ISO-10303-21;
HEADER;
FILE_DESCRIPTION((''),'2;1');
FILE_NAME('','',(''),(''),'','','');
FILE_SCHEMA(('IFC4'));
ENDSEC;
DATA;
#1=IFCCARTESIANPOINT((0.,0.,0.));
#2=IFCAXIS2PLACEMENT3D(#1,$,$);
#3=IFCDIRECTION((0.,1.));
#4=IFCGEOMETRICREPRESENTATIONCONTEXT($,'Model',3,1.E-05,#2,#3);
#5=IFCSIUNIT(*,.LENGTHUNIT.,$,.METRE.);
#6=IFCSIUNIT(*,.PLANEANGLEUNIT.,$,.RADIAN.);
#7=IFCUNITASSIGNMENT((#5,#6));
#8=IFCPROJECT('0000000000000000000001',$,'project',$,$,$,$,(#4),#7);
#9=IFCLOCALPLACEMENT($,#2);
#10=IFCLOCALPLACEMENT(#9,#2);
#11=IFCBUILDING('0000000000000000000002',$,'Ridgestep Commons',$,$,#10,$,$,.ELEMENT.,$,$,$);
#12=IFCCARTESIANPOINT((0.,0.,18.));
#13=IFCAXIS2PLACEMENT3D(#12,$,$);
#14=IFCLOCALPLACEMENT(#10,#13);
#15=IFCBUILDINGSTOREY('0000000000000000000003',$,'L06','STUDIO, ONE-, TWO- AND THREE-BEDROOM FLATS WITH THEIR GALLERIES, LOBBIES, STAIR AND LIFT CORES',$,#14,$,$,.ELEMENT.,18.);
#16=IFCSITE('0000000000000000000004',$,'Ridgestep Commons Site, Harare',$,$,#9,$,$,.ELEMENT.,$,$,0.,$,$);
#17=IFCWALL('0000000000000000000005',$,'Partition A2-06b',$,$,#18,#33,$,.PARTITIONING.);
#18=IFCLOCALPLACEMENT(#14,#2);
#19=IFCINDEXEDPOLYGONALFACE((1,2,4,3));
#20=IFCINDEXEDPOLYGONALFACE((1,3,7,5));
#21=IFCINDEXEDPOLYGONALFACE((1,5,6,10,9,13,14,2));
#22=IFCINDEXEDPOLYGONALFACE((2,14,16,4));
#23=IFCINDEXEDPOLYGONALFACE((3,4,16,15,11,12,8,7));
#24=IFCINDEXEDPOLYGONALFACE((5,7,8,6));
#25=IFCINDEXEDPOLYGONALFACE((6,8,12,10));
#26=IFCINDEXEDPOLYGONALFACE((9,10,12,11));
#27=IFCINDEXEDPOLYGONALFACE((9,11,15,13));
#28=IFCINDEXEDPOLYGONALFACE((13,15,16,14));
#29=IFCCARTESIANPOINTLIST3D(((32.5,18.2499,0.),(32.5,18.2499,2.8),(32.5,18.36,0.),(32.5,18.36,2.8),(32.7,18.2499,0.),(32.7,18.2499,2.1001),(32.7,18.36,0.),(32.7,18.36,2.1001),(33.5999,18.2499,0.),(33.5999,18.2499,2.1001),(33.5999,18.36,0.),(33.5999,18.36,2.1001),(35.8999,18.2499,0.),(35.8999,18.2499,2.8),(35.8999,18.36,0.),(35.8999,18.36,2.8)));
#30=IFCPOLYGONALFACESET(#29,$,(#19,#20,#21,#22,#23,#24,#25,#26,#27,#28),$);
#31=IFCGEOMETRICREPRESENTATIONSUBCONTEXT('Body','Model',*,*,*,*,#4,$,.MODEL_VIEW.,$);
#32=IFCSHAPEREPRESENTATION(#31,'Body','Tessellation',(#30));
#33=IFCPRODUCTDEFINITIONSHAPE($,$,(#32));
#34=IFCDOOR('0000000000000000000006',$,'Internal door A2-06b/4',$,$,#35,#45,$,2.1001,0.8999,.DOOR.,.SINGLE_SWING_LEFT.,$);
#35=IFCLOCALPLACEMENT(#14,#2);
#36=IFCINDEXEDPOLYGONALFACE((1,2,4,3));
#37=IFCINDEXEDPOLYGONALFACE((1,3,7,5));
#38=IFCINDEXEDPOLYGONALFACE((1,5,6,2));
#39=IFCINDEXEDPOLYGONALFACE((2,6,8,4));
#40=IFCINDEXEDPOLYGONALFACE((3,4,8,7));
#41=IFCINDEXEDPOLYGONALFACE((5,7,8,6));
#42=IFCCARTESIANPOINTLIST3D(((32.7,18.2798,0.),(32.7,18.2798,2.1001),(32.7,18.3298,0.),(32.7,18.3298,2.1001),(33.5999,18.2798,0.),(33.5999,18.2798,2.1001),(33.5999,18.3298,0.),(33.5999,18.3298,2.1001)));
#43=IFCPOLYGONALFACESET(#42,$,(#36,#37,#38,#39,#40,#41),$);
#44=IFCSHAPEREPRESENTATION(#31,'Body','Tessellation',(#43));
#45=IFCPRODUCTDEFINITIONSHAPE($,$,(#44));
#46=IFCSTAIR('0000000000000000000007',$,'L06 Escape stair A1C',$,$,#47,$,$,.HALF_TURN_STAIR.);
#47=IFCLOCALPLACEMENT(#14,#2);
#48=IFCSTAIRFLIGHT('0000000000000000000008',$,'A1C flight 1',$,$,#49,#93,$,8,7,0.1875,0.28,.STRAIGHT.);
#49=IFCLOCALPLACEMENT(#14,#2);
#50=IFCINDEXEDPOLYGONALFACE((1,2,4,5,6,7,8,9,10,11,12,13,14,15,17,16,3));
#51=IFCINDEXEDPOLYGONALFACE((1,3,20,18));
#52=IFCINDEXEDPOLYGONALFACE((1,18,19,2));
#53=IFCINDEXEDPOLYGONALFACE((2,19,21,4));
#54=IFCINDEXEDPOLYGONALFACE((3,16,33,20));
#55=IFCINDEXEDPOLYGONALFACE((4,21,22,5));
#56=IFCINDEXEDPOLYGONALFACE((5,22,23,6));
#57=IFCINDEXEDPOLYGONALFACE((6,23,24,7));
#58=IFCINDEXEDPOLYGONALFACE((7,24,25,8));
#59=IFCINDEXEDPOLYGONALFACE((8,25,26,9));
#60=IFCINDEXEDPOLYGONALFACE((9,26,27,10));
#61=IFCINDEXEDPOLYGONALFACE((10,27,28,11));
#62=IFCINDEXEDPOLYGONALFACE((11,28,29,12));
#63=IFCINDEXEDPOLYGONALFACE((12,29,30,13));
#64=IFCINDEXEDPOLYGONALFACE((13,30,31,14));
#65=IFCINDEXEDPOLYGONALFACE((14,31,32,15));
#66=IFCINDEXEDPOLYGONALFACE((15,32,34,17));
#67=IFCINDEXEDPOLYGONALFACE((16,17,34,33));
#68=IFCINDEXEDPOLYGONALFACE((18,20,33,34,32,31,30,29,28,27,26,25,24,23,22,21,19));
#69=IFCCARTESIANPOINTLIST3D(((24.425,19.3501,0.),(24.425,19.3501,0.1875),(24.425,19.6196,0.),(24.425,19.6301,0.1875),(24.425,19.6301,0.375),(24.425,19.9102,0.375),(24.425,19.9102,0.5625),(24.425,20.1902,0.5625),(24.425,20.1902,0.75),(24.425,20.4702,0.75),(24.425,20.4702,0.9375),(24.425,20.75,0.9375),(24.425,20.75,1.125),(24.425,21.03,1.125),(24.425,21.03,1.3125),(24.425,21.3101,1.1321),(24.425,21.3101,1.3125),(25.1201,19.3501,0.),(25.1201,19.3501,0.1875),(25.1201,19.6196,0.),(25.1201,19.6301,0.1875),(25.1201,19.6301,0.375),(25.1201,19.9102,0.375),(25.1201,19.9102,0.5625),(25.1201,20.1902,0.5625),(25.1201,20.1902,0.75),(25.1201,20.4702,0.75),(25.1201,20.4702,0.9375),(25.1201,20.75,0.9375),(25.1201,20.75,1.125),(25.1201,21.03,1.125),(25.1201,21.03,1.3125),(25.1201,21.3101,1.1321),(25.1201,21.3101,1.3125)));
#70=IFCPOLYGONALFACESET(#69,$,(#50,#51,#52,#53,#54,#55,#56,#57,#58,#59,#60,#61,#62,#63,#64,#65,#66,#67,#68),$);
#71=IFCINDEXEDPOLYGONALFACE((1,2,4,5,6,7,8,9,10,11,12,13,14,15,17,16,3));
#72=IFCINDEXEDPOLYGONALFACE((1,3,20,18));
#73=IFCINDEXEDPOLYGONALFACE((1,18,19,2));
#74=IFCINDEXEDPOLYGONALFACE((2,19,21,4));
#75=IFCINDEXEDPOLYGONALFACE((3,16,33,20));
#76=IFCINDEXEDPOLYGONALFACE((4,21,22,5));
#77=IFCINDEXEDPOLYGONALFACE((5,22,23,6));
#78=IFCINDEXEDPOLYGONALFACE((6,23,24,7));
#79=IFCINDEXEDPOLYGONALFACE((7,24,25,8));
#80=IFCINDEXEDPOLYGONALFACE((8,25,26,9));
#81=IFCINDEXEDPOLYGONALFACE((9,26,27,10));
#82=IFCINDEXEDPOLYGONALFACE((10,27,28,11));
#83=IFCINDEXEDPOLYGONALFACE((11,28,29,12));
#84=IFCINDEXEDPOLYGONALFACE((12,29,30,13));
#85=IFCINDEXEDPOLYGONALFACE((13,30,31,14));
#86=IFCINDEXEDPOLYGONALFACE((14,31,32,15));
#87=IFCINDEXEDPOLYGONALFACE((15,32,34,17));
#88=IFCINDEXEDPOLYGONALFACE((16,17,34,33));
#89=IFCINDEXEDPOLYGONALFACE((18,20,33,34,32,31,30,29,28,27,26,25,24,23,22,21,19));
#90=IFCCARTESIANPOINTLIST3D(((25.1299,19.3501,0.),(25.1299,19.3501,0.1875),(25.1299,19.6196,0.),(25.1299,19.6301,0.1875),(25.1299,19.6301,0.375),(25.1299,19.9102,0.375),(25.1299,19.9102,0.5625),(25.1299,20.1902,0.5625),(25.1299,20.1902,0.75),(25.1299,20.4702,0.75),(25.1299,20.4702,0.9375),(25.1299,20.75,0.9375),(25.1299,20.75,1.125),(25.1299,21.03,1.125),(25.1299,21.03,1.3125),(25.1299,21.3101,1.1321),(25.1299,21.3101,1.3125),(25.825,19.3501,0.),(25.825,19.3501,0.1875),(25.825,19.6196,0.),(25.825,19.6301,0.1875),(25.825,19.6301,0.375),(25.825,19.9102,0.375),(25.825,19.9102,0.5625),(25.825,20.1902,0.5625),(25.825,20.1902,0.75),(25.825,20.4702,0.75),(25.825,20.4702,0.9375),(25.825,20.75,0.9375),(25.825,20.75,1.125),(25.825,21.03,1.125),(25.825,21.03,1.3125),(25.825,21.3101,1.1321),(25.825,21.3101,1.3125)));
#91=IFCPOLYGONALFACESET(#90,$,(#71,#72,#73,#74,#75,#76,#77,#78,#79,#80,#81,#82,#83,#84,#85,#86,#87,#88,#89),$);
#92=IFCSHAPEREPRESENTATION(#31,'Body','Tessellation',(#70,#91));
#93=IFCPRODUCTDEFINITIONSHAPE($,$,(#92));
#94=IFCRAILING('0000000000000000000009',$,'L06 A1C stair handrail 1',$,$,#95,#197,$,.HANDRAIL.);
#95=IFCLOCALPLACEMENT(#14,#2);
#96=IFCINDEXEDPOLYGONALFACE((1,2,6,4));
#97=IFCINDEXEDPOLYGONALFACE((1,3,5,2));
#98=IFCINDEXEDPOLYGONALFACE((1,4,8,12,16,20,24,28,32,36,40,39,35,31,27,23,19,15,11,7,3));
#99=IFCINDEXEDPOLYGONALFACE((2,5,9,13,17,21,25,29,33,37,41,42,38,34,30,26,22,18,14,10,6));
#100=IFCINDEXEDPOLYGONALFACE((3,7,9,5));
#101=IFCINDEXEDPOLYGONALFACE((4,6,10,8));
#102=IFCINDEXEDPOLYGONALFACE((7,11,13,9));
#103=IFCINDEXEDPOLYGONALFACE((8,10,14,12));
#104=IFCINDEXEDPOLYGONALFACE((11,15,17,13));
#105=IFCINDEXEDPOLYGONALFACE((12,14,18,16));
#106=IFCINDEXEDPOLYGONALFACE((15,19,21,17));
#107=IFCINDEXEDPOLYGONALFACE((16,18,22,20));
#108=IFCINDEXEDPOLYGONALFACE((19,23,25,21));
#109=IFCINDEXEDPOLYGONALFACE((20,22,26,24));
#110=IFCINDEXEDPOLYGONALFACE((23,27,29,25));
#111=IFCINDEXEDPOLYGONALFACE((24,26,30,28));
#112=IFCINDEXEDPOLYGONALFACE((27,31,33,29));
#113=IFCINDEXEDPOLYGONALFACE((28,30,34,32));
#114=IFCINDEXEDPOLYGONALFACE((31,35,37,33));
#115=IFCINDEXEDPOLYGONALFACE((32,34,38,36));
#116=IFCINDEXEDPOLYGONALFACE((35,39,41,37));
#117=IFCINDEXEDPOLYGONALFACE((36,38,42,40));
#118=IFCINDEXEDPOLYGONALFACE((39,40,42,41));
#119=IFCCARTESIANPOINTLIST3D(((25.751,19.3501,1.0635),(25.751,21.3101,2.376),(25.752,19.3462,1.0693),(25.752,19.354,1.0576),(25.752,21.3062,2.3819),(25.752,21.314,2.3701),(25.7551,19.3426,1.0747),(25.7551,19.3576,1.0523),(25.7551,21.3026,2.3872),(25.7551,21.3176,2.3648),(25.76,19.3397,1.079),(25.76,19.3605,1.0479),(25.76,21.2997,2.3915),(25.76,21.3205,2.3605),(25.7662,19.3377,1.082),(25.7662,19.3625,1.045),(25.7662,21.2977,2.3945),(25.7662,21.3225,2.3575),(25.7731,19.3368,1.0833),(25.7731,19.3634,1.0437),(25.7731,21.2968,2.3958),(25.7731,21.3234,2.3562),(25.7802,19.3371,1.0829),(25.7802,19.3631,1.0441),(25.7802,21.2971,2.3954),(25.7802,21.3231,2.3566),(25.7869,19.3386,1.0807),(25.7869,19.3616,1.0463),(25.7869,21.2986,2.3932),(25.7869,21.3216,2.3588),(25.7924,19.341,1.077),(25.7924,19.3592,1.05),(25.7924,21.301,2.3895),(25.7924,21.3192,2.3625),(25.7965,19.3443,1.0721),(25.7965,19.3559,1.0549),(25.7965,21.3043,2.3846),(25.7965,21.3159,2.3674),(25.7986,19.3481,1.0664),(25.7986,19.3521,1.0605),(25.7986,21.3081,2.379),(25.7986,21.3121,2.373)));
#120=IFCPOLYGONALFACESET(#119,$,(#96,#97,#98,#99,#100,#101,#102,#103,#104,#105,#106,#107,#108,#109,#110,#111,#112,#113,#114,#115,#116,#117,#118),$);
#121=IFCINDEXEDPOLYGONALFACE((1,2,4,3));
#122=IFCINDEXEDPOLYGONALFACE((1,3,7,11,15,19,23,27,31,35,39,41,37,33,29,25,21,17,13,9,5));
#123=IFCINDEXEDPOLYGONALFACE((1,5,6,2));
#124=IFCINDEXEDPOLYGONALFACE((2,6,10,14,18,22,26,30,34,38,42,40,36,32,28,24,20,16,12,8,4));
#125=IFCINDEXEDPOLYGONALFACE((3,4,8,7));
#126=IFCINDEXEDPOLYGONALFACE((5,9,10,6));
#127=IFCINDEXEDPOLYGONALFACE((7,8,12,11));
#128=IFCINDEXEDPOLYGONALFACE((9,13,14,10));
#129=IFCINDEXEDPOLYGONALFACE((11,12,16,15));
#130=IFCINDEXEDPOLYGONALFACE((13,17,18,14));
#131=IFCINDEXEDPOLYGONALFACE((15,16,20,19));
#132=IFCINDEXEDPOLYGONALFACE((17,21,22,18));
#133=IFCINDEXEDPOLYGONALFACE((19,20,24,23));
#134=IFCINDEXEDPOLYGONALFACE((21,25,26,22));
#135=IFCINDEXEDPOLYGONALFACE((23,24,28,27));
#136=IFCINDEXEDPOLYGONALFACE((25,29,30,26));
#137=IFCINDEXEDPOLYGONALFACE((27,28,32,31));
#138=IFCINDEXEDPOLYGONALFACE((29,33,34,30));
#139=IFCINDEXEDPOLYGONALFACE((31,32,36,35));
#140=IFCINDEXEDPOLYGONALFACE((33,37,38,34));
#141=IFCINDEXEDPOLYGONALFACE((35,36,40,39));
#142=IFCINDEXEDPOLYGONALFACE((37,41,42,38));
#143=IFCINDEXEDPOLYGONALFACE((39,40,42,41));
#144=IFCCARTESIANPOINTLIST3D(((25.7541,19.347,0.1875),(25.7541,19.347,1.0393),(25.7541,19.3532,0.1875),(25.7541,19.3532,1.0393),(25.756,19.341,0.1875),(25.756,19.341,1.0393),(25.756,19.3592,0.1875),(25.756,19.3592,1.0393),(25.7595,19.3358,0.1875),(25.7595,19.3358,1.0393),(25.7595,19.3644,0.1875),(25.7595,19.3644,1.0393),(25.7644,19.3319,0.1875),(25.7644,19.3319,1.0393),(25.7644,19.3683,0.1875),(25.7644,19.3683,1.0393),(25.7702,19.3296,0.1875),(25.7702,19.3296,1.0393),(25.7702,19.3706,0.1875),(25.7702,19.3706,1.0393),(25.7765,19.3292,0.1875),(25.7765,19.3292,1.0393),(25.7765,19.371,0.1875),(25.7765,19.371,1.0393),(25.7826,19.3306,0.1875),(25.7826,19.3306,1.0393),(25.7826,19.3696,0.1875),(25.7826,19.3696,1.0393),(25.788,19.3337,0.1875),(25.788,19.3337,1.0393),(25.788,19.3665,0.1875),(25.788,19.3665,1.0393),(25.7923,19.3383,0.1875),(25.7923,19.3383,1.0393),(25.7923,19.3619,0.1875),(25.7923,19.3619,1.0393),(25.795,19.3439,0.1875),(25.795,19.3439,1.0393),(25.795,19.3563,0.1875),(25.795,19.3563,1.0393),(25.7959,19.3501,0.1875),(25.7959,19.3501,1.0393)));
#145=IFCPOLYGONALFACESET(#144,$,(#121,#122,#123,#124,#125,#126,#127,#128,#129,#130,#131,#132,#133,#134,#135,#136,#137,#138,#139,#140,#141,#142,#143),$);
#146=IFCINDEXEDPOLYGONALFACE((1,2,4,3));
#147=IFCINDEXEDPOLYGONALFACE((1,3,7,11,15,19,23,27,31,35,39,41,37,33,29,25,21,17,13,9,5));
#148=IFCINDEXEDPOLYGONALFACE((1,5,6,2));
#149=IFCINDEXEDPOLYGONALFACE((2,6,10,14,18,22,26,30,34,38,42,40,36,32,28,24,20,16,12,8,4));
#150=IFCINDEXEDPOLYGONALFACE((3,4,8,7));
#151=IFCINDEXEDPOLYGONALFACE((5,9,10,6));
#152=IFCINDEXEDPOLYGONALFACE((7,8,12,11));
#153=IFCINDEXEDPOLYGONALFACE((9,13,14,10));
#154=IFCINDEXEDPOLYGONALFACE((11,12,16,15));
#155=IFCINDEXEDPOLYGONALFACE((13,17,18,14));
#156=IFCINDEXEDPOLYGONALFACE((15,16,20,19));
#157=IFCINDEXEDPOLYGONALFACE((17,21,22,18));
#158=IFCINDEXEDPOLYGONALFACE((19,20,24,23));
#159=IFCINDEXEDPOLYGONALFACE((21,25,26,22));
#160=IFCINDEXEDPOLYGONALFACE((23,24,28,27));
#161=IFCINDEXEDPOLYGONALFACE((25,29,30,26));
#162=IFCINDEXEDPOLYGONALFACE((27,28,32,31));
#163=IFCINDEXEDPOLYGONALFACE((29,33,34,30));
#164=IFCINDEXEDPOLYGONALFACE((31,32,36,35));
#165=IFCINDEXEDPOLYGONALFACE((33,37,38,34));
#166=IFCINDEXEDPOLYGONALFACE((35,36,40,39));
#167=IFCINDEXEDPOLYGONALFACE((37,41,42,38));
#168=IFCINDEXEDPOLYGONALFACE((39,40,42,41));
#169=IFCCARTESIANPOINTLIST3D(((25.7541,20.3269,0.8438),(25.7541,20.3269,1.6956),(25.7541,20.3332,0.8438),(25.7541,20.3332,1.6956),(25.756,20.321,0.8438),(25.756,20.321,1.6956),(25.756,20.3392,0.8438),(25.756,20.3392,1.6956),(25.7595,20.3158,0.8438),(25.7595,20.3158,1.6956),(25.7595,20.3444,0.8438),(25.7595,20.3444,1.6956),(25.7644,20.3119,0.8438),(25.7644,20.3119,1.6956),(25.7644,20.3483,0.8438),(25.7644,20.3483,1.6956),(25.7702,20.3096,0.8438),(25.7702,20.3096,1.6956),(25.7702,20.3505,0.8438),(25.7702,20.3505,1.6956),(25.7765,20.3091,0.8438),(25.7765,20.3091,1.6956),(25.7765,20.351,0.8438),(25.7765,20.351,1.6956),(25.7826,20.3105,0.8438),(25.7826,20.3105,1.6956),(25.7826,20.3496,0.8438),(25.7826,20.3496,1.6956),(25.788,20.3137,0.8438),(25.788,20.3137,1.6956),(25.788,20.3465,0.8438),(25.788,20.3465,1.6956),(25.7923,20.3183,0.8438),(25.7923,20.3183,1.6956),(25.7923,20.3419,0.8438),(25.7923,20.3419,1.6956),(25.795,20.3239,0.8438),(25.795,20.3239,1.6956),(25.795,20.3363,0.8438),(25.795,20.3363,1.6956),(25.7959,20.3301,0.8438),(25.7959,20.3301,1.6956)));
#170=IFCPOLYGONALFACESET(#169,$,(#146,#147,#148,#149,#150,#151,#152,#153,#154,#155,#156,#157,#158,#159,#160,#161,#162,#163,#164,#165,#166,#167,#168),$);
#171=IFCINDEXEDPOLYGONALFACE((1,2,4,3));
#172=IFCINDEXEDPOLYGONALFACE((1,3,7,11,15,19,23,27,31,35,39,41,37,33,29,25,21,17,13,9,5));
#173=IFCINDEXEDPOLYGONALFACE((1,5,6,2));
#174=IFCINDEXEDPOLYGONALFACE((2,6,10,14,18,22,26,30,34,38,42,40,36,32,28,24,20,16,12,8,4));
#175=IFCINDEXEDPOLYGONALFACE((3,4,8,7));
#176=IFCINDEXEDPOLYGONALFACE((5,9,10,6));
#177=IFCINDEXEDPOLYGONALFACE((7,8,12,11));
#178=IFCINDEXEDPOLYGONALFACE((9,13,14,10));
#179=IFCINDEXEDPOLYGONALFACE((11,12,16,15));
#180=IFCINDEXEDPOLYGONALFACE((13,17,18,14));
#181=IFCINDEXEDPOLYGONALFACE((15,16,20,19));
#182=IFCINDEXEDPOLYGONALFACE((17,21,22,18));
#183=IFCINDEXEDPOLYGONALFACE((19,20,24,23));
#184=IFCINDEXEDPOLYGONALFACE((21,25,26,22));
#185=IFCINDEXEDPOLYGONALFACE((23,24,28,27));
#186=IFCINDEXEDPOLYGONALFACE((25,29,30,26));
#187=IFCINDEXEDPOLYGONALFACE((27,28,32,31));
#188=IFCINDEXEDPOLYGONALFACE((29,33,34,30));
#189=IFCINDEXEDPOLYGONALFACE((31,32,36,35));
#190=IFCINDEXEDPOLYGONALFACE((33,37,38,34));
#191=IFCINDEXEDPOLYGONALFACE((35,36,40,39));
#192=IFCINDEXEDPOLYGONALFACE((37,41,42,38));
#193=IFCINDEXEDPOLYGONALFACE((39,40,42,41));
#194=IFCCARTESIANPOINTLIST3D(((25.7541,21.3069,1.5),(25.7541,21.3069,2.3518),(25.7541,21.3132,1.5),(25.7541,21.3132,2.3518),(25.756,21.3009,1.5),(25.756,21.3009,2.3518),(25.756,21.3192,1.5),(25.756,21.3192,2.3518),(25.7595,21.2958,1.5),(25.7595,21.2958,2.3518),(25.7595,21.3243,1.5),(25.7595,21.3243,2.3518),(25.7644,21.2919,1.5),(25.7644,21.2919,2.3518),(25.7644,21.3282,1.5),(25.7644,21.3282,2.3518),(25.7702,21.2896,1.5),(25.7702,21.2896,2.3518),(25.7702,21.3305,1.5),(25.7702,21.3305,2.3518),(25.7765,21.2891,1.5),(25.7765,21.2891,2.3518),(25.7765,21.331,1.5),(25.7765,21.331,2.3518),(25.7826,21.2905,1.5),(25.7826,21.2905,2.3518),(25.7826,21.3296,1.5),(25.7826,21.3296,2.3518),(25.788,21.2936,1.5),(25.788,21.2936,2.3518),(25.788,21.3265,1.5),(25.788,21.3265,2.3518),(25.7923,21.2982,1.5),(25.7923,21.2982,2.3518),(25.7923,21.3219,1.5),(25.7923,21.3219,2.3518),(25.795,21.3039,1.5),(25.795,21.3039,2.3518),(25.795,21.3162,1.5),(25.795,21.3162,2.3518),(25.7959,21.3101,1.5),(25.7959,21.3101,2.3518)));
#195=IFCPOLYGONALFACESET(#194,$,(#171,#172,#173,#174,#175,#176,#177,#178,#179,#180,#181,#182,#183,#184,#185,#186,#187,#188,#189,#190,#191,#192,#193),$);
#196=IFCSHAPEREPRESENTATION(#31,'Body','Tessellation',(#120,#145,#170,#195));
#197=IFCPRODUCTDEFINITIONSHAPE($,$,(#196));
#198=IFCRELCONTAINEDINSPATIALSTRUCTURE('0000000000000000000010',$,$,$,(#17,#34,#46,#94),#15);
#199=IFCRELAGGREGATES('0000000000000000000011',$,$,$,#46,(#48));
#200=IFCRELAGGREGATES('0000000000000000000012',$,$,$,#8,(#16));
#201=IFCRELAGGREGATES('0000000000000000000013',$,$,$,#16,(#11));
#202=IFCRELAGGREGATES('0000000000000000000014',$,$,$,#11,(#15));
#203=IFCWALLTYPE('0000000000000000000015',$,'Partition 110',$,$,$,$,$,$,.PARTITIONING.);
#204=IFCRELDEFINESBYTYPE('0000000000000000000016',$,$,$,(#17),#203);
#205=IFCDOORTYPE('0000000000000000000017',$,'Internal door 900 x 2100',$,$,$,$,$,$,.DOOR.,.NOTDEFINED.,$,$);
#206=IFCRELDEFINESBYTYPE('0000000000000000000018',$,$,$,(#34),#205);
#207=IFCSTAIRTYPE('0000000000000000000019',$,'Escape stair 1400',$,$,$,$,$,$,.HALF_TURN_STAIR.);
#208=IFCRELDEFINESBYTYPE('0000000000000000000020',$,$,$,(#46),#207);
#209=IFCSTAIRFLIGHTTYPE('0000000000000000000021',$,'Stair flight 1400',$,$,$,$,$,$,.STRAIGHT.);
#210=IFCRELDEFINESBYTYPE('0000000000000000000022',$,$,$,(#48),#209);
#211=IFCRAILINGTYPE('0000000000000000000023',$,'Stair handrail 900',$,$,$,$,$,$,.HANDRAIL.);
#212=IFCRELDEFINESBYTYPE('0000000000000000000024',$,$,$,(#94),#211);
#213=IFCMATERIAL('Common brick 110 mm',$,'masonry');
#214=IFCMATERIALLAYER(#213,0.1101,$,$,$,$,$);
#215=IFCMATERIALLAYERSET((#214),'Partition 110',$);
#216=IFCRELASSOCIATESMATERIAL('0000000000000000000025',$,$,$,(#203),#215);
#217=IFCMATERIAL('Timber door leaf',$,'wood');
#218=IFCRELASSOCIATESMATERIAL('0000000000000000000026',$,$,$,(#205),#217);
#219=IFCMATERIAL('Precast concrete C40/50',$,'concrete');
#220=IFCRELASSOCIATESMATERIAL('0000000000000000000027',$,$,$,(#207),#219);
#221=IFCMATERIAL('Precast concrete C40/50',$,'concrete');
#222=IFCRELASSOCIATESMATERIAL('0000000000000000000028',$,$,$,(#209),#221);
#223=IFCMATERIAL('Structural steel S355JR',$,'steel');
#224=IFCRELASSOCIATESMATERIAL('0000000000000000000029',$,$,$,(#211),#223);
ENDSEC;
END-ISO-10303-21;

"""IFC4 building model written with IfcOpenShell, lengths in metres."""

from ifc_helpers import new_model, si_unit, direction, frame, frame_2d, origin, origin_2d, place, context, subcontext, project, spatial, polyline, rectangle, circle, outline, extrude, material, layer, layer_set, type_object, element, fill, aggregate, save


model = new_model("IFC4")

# Units and contexts
model_context = context("Model", 3, precision=1e-05, world=origin(), true_north=direction((0.0, 1.0)))
body_context = subcontext(model_context, "Body", "Model", "MODEL_VIEW")
ifc_project = project(units=[si_unit("LENGTHUNIT", "METRE"), si_unit("PLANEANGLEUNIT", "RADIAN")], contexts=[model_context])

# Site, building, storey
site_placement = place(None, origin())
site = spatial("IfcSite", under=ifc_project, at=site_placement, Name="Ridgestep Commons Site, Harare", CompositionType="ELEMENT", RefElevation=0.0)
building_placement = place(site_placement, origin())
building = spatial("IfcBuilding", under=site, at=building_placement, Name="Ridgestep Commons", CompositionType="ELEMENT")
storey_placement = place(building_placement, frame((0.0, 0.0, 18.0)))
storey = spatial("IfcBuildingStorey", under=building, at=storey_placement, Name="L06", Description="STUDIO, ONE-, TWO- AND THREE-BEDROOM FLATS WITH THEIR GALLERIES, LOBBIES, STAIR AND LIFT CORES", CompositionType="ELEMENT", Elevation=18.0)

# Shared definitions
ifc_material_1 = material(Name="Common brick 110 mm", Category="masonry")
ifc_layer_1 = layer(ifc_material_1, 0.1101)
ifc_layer_set_1 = layer_set([ifc_layer_1], Name="Partition 110")
wall_type_1 = type_object("IfcWallType", Name="Partition 110", PredefinedType="PARTITIONING", material=ifc_layer_set_1)
ifc_material_2 = material(Name="Timber door leaf", Category="wood")
door_type = type_object("IfcDoorType", Name="Internal door 900 x 2100", OperationType="NOTDEFINED", PredefinedType="DOOR", material=ifc_material_2)

# Wall, opening, door
wall_1_placement = place(storey_placement, frame((32.5, 18.3049, 0.0), z_axis=(0.0, 0.0, 1.0), x_axis=(1.0, 0.0, 0.0)))
wall_1 = element("IfcWall", 1, at=wall_1_placement, inside=storey, type_object=wall_type_1, Name="Partition A2-06b", PredefinedType="PARTITIONING", context=body_context, shape_type="SweptSolid", body=[
    extrude(rectangle(XDim=3.3999, YDim=0.1101, at=frame_2d((1.7, 0.0))), origin(), (0.0, 0.0, 1.0), 2.8),
])
opening_1_placement = place(wall_1_placement, frame((0.2, 0.0, 0.0)))
opening_1 = element("IfcOpeningElement", 2, at=opening_1_placement, cuts=wall_1, PredefinedType="OPENING", context=body_context, shape_type="SweptSolid", body=[
    extrude(rectangle(XDim=0.8999, YDim=2.1001, at=frame_2d((0.45, 1.05))), frame((0.0, 0.0649, 0.0), z_axis=(0.0, -1.0, 0.0), x_axis=(1.0, 0.0, 0.0)), (0.0, 0.0, 1.0), 0.1301),
])
door_1_placement = place(opening_1_placement, origin())
door_1 = element("IfcDoor", 3, at=door_1_placement, inside=storey, type_object=door_type, Name="Internal door A2-06b/4", OperationType="SINGLE_SWING_LEFT", OverallHeight=2.1001, OverallWidth=0.8999, PredefinedType="DOOR", context=body_context, shape_type="SweptSolid", body=[
    extrude(rectangle(XDim=0.8999, YDim=2.1001, at=frame_2d((0.45, 1.05))), frame((0.0, 0.0249, 0.0), z_axis=(0.0, -1.0, 0.0), x_axis=(1.0, 0.0, 0.0)), (0.0, 0.0, 1.0), 0.05),
])
fill(opening_1, door_1)

# Stair, stair flight
ifc_material_3 = material(Name="Precast concrete C40/50", Category="concrete")
stair_type = type_object("IfcStairType", Name="Escape stair 1400", PredefinedType="HALF_TURN_STAIR", material=ifc_material_3)
stair_placement = place(storey_placement, origin())
stair = element("IfcStair", 4, at=stair_placement, inside=storey, type_object=stair_type, Name="L06 Escape stair A1C", PredefinedType="HALF_TURN_STAIR")
ifc_material_4 = material(Name="Precast concrete C40/50", Category="concrete")
stair_flight_type = type_object("IfcStairFlightType", Name="Stair flight 1400", PredefinedType="STRAIGHT", material=ifc_material_4)
stair_flight_placement = place(storey_placement, frame((25.125, 19.3501, 0.0), z_axis=(0.0, 0.0, 1.0), x_axis=(0.0, 1.0, 0.0)))
stair_flight = element("IfcStairFlight", 5, at=stair_flight_placement, type_object=stair_flight_type, Name="A1C flight 1", NumberOfRisers=8, NumberOfTreads=7, PredefinedType="STRAIGHT", RiserHeight=0.1875, TreadLength=0.28, context=body_context, shape_type="SweptSolid", body=[
    extrude(outline(polyline([(0.0, 0.0), (0.0, 0.1875), (0.28, 0.1875), (0.28, 0.375), (0.5601, 0.375), (0.5601, 0.5625), (0.8401, 0.5625), (0.8401, 0.75), (1.1201, 0.75), (1.1201, 0.9375), (1.3999, 0.9375), (1.3999, 1.125), (1.6799, 1.125), (1.6799, 1.3125), (1.96, 1.3125), (1.96, 1.5), (1.96, 1.1321), (0.2695, 0.0), (0.0, 0.0)])), frame((0.0, 0.7, 0.0), z_axis=(0.0, -1.0, 0.0), x_axis=(1.0, 0.0, 0.0)), (0.0, 0.0, 1.0), 0.6951),
    extrude(outline(polyline([(0.0, 0.0), (0.0, 0.1875), (0.28, 0.1875), (0.28, 0.375), (0.5601, 0.375), (0.5601, 0.5625), (0.8401, 0.5625), (0.8401, 0.75), (1.1201, 0.75), (1.1201, 0.9375), (1.3999, 0.9375), (1.3999, 1.125), (1.6799, 1.125), (1.6799, 1.3125), (1.96, 1.3125), (1.96, 1.5), (1.96, 1.1321), (0.2695, 0.0), (0.0, 0.0)])), frame((0.0, -0.0049, 0.0), z_axis=(0.0, -1.0, 0.0), x_axis=(1.0, 0.0, 0.0)), (0.0, 0.0, 1.0), 0.6951),
])
aggregate(stair, [stair_flight])

# Railing
ifc_material_5 = material(Name="Structural steel S355JR", Category="steel")
railing_type = type_object("IfcRailingType", Name="Stair handrail 900", PredefinedType="HANDRAIL", material=ifc_material_5)
railing_placement = place(storey_placement, frame((25.7749, 19.3501, 0.1875)))
element("IfcRailing", 6, at=railing_placement, inside=storey, type_object=railing_type, Name="L06 A1C stair handrail 1", PredefinedType="HANDRAIL", context=body_context, shape_type="SweptSolid", body=[
    extrude(circle(Radius=0.0239, at=origin_2d()), frame((0.0, 0.0, 0.876), z_axis=(0.0, 0.830902, 0.556419), x_axis=(-1.0, 0.0, 0.0)), (0.0, 0.0, 1.0), 2.3589),
    extrude(circle(Radius=0.021, at=origin_2d()), origin(), (0.0, 0.0, 1.0), 0.8518),
    extrude(circle(Radius=0.021, at=origin_2d()), frame((0.0, 0.98, 0.6562)), (0.0, 0.0, 1.0), 0.8518),
    extrude(circle(Radius=0.021, at=origin_2d()), frame((0.0, 1.96, 1.3125)), (0.0, 0.0, 1.0), 0.8518),
])

save(model, "model.ifc")
